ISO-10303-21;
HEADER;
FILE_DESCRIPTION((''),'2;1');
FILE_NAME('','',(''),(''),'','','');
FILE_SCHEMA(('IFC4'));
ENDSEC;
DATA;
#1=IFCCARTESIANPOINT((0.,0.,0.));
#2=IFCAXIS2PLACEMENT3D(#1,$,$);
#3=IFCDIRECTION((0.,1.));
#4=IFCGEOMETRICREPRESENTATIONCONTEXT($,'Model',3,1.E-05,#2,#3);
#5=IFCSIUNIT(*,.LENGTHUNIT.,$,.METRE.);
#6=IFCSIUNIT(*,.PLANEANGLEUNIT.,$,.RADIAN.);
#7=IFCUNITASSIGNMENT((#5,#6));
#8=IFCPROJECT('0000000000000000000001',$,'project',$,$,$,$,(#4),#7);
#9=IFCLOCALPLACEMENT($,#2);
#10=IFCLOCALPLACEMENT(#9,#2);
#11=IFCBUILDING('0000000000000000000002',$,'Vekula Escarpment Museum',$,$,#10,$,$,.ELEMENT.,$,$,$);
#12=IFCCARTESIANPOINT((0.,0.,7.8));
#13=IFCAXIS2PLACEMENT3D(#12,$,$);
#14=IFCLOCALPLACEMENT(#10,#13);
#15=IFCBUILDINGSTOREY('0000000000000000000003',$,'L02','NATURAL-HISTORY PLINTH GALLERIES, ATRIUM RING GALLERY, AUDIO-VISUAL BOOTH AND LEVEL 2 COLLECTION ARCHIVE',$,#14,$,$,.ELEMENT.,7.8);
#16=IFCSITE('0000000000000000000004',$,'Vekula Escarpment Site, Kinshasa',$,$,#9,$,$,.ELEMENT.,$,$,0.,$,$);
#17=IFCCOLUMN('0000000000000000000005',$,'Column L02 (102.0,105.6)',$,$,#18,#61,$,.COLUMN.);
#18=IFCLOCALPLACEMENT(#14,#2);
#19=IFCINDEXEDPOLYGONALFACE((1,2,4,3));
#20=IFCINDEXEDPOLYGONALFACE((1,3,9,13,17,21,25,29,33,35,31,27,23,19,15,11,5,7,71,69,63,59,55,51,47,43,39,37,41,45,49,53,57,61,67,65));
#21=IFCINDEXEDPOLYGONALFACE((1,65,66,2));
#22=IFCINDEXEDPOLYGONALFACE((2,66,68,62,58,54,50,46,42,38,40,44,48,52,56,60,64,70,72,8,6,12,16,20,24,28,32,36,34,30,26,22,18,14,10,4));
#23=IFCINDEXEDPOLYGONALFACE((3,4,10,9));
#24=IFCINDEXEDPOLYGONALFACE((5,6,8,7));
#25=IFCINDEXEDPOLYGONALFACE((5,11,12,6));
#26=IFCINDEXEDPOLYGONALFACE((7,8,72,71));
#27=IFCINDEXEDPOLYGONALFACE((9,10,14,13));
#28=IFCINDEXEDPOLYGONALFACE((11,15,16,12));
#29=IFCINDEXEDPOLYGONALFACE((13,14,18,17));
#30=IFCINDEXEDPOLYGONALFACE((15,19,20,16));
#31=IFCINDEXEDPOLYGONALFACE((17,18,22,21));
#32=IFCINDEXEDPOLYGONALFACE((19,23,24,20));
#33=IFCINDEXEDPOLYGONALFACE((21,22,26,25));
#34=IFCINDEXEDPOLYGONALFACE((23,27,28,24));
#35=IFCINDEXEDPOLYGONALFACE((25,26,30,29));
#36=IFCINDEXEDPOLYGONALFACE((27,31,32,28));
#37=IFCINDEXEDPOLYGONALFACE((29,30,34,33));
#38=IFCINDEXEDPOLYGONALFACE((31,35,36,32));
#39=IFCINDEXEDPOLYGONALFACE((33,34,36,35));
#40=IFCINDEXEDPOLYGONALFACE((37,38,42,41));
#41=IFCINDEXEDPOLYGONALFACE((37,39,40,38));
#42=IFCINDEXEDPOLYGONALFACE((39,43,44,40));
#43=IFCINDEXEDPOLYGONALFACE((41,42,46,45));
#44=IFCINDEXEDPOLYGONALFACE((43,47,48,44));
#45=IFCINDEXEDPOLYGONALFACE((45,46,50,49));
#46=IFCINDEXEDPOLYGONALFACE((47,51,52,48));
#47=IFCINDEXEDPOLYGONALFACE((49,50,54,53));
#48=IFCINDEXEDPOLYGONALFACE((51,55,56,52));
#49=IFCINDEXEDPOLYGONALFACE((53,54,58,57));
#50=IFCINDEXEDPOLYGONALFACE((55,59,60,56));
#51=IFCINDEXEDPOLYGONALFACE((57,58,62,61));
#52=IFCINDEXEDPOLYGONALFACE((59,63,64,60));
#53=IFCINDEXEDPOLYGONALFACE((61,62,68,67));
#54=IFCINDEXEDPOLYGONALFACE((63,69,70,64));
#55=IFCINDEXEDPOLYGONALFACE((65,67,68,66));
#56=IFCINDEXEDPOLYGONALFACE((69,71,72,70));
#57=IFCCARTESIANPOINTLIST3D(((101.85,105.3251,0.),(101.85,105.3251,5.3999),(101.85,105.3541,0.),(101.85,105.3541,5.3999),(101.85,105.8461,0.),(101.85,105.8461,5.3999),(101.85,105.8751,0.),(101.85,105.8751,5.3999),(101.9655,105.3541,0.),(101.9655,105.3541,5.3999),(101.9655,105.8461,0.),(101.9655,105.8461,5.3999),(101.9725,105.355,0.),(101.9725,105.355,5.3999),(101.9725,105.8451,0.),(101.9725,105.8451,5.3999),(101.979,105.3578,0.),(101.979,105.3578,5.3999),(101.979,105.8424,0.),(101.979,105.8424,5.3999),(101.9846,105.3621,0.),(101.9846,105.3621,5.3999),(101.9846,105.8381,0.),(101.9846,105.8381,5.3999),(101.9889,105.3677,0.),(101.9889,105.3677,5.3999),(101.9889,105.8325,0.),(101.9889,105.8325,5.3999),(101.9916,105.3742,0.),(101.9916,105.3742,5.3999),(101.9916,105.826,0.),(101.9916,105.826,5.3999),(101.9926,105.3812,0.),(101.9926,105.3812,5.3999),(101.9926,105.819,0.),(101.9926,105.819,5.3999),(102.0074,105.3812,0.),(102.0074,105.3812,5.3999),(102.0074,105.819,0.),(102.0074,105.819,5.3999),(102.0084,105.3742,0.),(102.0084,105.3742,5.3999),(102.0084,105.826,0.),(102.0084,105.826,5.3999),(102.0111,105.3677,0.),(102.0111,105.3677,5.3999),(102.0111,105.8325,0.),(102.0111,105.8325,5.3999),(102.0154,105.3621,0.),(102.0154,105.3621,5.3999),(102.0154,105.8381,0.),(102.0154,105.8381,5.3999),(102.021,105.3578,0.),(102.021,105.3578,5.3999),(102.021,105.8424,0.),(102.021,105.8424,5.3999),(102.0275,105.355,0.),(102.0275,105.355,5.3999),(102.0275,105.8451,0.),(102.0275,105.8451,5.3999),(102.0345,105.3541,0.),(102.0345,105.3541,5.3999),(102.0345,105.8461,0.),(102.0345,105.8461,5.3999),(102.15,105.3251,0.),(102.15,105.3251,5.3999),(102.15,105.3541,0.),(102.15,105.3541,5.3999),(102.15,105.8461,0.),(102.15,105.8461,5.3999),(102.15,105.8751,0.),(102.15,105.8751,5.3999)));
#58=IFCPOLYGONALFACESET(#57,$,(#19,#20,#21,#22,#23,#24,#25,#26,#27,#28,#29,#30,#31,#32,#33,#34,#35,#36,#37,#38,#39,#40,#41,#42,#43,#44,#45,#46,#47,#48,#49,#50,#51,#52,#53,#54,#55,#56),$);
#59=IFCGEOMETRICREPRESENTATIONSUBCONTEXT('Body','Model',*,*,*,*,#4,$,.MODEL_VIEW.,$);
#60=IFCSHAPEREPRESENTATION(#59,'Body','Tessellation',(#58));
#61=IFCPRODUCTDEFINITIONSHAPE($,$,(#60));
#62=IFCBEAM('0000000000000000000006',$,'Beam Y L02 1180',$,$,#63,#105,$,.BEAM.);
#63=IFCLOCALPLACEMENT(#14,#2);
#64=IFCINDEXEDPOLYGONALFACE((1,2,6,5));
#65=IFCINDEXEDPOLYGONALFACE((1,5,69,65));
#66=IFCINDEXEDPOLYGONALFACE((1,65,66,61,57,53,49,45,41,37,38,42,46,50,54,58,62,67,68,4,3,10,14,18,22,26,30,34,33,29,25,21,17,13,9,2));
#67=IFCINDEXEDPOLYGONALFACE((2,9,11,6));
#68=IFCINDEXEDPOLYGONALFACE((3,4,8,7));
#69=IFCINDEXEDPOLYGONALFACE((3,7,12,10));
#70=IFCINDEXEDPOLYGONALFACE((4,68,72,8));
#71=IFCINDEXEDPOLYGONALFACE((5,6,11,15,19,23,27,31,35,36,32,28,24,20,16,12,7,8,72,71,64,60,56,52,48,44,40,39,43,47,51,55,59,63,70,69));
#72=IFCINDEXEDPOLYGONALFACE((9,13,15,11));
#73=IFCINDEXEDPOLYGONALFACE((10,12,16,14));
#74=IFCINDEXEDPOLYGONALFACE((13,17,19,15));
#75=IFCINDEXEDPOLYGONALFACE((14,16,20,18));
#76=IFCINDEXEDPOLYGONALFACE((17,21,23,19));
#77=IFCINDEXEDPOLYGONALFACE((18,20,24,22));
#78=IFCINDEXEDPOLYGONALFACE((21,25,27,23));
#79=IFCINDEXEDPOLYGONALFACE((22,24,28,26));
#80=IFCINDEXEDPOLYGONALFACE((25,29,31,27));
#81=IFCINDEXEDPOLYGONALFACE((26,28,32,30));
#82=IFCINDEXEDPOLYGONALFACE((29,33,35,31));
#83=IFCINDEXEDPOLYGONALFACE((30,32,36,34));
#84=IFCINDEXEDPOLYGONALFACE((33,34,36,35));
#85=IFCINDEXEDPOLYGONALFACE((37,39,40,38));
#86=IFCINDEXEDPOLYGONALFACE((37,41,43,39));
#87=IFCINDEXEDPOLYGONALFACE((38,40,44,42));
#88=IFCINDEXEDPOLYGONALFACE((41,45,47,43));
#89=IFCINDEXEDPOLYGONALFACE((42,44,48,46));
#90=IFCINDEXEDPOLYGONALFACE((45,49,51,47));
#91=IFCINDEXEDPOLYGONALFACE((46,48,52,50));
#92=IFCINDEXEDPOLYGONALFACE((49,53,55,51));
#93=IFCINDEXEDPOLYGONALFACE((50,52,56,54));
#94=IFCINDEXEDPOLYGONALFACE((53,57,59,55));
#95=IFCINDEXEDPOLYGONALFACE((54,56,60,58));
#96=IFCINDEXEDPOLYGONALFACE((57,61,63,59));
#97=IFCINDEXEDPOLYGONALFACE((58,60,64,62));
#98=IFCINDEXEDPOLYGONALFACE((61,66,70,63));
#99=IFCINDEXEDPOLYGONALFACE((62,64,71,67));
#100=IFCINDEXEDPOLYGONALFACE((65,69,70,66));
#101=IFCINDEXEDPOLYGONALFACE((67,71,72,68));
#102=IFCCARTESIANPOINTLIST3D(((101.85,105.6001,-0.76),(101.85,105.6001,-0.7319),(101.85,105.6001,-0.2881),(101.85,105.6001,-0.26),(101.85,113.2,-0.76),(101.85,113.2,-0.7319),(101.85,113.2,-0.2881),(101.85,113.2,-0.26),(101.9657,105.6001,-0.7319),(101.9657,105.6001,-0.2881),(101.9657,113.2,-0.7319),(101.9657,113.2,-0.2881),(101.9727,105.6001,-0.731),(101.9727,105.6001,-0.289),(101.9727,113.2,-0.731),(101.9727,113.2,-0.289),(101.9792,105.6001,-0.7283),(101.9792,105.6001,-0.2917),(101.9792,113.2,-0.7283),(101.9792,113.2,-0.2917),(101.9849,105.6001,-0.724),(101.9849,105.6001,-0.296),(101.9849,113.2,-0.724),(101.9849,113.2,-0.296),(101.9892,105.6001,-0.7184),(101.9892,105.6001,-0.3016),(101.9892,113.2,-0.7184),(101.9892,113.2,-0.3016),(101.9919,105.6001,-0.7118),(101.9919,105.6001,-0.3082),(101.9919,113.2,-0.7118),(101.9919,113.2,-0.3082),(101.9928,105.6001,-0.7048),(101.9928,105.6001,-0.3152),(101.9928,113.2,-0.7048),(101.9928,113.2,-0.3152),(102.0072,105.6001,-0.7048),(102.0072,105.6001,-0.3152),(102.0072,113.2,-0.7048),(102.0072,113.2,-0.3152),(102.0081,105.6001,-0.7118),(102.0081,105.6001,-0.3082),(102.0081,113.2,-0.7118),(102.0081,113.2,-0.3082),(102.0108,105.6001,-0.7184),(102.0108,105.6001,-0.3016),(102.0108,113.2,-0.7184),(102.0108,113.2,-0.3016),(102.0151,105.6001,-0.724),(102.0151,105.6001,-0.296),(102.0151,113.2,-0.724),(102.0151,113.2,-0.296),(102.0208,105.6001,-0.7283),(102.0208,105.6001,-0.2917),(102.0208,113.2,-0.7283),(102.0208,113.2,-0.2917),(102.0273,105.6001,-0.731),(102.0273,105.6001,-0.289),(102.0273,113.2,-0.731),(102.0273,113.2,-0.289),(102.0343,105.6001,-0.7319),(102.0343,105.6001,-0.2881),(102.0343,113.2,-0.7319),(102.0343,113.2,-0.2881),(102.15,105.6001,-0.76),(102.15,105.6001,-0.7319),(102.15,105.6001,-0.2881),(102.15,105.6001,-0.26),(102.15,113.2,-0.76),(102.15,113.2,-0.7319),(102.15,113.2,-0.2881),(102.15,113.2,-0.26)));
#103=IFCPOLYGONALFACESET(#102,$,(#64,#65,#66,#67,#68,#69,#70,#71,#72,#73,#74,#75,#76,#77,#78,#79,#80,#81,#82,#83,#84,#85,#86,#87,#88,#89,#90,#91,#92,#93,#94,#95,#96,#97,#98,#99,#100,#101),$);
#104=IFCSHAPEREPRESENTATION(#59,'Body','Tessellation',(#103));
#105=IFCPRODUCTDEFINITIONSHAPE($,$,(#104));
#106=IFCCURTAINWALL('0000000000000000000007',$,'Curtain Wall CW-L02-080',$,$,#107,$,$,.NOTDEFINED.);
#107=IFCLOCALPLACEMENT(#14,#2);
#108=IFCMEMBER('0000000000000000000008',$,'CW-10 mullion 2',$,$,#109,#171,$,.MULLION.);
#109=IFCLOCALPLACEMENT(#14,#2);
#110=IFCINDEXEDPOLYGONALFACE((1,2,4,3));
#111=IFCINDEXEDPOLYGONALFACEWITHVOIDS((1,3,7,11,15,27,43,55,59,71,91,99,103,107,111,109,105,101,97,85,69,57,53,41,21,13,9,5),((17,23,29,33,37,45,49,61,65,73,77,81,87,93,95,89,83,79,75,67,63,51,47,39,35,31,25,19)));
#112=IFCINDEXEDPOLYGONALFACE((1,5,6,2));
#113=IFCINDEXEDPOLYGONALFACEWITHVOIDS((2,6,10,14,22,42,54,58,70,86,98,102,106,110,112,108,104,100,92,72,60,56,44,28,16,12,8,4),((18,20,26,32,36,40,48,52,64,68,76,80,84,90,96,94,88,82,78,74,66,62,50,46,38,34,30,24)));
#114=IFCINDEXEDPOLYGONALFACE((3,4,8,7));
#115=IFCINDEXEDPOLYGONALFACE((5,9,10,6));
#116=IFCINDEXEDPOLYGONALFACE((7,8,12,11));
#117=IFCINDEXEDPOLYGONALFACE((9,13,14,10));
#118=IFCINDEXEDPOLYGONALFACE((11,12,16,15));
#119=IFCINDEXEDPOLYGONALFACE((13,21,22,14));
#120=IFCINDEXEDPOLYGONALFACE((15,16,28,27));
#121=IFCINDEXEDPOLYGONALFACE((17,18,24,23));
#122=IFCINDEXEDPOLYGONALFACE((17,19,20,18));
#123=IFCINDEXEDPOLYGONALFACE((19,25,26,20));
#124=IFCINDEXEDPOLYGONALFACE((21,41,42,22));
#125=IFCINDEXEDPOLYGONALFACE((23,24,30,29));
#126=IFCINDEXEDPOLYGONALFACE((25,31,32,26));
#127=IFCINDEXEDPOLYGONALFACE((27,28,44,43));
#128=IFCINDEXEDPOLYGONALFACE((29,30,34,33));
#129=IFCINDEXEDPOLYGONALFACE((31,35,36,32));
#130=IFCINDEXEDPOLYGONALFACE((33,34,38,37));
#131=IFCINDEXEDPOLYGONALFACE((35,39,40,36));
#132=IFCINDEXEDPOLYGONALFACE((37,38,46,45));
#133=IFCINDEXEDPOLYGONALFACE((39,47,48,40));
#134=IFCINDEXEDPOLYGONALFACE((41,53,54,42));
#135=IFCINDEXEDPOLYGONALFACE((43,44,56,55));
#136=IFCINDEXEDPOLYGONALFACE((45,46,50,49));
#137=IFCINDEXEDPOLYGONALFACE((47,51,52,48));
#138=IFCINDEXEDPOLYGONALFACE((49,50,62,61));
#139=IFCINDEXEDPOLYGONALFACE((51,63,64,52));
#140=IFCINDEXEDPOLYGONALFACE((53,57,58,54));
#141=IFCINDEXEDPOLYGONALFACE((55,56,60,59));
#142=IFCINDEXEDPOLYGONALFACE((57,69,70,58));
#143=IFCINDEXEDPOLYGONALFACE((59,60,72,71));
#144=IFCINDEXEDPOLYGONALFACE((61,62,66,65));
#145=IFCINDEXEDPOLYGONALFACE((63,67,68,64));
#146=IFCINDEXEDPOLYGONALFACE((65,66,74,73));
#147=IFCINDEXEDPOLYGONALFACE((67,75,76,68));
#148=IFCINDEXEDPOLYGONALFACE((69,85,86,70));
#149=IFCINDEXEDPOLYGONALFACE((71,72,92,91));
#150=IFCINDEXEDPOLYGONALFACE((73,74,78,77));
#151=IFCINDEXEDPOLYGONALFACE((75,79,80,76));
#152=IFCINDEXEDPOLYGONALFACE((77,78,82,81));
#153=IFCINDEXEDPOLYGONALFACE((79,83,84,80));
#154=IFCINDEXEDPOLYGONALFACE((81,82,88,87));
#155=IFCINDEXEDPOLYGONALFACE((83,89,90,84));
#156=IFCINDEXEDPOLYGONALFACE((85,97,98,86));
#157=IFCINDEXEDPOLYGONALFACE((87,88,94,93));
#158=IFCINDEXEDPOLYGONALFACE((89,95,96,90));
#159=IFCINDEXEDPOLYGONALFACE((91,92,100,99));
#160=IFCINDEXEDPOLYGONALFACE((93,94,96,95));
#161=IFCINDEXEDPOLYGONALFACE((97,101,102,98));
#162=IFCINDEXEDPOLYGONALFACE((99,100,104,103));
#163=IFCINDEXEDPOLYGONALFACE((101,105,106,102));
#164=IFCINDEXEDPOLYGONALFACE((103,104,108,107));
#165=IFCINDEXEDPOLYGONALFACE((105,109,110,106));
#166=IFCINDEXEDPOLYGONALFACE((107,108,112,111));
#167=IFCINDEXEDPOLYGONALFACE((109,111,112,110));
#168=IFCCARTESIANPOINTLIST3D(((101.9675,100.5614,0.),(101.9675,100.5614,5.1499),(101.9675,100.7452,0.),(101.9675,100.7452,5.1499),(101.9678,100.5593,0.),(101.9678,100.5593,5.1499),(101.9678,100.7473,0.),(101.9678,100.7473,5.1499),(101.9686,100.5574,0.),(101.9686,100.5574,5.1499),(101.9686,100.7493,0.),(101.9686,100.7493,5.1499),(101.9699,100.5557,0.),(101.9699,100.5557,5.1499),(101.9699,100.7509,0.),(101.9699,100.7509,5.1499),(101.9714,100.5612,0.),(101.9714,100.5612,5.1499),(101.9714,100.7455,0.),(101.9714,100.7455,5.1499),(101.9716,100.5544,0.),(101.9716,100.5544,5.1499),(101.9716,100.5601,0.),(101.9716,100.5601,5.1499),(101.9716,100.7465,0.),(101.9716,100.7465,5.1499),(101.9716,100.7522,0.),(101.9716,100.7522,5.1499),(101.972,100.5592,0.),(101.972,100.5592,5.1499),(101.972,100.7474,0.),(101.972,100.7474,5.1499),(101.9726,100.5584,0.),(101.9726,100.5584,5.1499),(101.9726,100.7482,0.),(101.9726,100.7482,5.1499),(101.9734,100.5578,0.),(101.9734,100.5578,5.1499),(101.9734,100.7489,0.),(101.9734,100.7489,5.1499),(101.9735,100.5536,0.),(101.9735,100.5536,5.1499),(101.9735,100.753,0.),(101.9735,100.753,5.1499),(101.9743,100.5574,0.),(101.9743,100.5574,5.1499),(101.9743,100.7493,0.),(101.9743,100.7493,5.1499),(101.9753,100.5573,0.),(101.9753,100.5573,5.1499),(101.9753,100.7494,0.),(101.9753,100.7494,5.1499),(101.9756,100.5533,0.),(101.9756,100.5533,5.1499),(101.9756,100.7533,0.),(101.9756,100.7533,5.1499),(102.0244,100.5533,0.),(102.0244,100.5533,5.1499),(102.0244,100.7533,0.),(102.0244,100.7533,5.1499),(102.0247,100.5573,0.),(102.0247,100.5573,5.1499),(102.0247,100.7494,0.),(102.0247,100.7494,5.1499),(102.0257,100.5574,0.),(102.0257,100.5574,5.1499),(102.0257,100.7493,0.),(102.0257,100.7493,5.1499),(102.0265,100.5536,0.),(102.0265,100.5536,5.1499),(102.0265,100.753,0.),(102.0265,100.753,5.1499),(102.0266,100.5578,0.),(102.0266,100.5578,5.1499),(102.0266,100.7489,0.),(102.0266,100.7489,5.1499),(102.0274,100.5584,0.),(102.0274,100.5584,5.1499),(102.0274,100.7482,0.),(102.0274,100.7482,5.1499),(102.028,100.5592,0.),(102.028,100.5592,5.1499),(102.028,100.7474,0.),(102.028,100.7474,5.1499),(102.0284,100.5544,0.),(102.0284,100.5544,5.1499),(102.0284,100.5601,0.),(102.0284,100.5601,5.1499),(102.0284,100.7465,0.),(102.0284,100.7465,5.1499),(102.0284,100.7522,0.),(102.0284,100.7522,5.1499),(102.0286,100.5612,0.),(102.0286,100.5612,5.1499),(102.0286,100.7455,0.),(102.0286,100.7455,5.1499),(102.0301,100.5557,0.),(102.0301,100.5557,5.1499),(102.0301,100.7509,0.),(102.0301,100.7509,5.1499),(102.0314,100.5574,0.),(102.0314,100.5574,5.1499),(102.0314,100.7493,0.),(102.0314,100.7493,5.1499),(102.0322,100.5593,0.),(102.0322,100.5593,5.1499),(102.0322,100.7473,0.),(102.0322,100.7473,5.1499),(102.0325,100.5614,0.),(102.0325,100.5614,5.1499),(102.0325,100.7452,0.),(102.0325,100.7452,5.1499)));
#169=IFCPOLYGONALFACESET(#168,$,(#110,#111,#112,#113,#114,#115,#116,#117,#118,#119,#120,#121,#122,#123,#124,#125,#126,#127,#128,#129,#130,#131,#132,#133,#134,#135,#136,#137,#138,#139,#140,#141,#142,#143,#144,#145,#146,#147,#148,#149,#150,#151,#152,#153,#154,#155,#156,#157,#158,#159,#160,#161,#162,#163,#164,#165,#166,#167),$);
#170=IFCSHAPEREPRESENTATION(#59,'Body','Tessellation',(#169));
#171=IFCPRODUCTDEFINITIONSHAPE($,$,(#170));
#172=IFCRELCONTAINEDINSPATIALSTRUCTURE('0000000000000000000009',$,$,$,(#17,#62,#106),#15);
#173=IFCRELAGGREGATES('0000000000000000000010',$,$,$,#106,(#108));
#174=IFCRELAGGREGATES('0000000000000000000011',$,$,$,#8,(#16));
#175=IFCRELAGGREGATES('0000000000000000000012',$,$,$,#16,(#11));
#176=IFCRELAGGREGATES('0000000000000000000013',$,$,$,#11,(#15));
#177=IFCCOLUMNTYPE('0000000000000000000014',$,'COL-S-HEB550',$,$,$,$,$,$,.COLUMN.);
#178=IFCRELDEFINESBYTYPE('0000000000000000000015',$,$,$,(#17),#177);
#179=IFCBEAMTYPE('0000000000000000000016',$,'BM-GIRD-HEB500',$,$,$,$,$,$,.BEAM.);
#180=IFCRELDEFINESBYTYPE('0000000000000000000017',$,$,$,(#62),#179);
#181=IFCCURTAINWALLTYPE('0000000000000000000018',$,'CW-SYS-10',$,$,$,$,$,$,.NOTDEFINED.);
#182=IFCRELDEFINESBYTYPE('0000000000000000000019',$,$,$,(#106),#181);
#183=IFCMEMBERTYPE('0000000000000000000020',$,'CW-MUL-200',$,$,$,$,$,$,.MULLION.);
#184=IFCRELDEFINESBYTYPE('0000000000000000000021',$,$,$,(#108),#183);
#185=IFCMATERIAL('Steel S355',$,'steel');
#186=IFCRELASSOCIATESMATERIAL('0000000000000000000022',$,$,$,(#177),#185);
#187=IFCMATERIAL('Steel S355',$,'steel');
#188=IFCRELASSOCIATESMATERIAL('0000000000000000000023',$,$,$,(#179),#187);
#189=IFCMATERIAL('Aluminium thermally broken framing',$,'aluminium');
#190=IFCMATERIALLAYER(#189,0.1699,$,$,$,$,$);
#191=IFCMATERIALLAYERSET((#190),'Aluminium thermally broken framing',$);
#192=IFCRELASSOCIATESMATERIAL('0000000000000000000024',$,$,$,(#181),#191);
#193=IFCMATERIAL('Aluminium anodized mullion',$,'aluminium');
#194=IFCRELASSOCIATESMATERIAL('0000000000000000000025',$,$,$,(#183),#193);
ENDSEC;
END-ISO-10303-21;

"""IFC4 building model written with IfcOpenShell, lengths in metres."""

from ifc_helpers import new_model, si_unit, direction, frame, origin, origin_2d, place, context, subcontext, project, spatial, hollow_rectangle, i_section, extrude, material, layer, layer_set, material_profile, profile_set, type_object, element, aggregate, save


model = new_model("IFC4")

# Units and contexts
model_context = context("Model", 3, precision=1e-05, world=origin(), true_north=direction((0.0, 1.0)))
body_context = subcontext(model_context, "Body", "Model", "MODEL_VIEW")
ifc_project = project(units=[si_unit("LENGTHUNIT", "METRE"), si_unit("PLANEANGLEUNIT", "RADIAN")], contexts=[model_context])

# Site, building, storey
site_placement = place(None, origin())
site = spatial("IfcSite", under=ifc_project, at=site_placement, Name="Vekula Escarpment Site, Kinshasa", CompositionType="ELEMENT", RefElevation=0.0)
building_placement = place(site_placement, origin())
building = spatial("IfcBuilding", under=site, at=building_placement, Name="Vekula Escarpment Museum", CompositionType="ELEMENT")
storey_placement = place(building_placement, frame((0.0, 0.0, 7.8)))
storey = spatial("IfcBuildingStorey", under=building, at=storey_placement, Name="L02", Description="NATURAL-HISTORY PLINTH GALLERIES, ATRIUM RING GALLERY, AUDIO-VISUAL BOOTH AND LEVEL 2 COLLECTION ARCHIVE", CompositionType="ELEMENT", Elevation=7.8)

# Column
ifc_material_1 = material(Name="Steel S355", Category="steel")
ifc_material_profile_1 = material_profile(ifc_material_1, i_section(OverallWidth=0.3, OverallDepth=0.55, WebThickness=0.0149, FlangeThickness=0.0291, FilletRadius=0.0271, at=origin_2d()), Name="HEB 550")
ifc_profile_set_1 = profile_set([ifc_material_profile_1], Name="Steel S355")
column_type = type_object("IfcColumnType", Name="COL-S-HEB550", PredefinedType="COLUMN", material=ifc_profile_set_1)
column_placement = place(storey_placement, frame((102.0, 105.6001, 0.0), z_axis=(0.0, 0.0, 1.0), x_axis=(1.0, 0.0, 0.0)))
element("IfcColumn", 1, at=column_placement, inside=storey, type_object=column_type, Name="Column L02 (102.0,105.6)", PredefinedType="COLUMN", context=body_context, shape_type="SweptSolid", body=[
    extrude(i_section(OverallWidth=0.3, OverallDepth=0.55, WebThickness=0.0149, FlangeThickness=0.0291, FilletRadius=0.0271, at=origin_2d()), origin(), (0.0, 0.0, 1.0), 5.3999),
])

# Beam
ifc_material_2 = material(Name="Steel S355", Category="steel")
ifc_material_profile_2 = material_profile(ifc_material_2, i_section(OverallWidth=0.3, OverallDepth=0.5, WebThickness=0.0144, FlangeThickness=0.0281, FilletRadius=0.0271, at=origin_2d()), Name="HEB 500")
ifc_profile_set_2 = profile_set([ifc_material_profile_2], Name="Steel S355")
beam_type = type_object("IfcBeamType", Name="BM-GIRD-HEB500", PredefinedType="BEAM", material=ifc_profile_set_2)
beam_placement = place(storey_placement, frame((102.0, 105.6001, -0.51), z_axis=(0.0, 1.0, 0.0), x_axis=(-1.0, 0.0, 0.0)))
element("IfcBeam", 2, at=beam_placement, inside=storey, type_object=beam_type, Name="Beam Y L02 1180", PredefinedType="BEAM", context=body_context, shape_type="SweptSolid", body=[
    extrude(i_section(OverallWidth=0.3, OverallDepth=0.5, WebThickness=0.0144, FlangeThickness=0.0281, FilletRadius=0.0271, at=origin_2d()), origin(), (0.0, 0.0, 1.0), 7.5999),
])

# Curtain wall, member
ifc_material_3 = material(Name="Aluminium thermally broken framing", Category="aluminium")
ifc_layer_1 = layer(ifc_material_3, 0.1699)
ifc_layer_set_1 = layer_set([ifc_layer_1], Name="Aluminium thermally broken framing")
curtain_wall_type_1 = type_object("IfcCurtainWallType", Name="CW-SYS-10", PredefinedType="NOTDEFINED", material=ifc_layer_set_1)
curtain_wall_1_placement = place(storey_placement, origin())
curtain_wall_1 = element("IfcCurtainWall", 3, at=curtain_wall_1_placement, inside=storey, type_object=curtain_wall_type_1, Name="Curtain Wall CW-L02-080", PredefinedType="NOTDEFINED")
ifc_material_4 = material(Name="Aluminium anodized mullion", Category="aluminium")
ifc_material_profile_3 = material_profile(ifc_material_4, hollow_rectangle(XDim=0.0649, YDim=0.2, WallThickness=0.0039, InnerFilletRadius=0.0039, OuterFilletRadius=0.0081, at=origin_2d()), Name="ALU 200x65x4")
ifc_profile_set_3 = profile_set([ifc_material_profile_3], Name="Aluminium anodized mullion")
member_type_1 = type_object("IfcMemberType", Name="CW-MUL-200", PredefinedType="MULLION", material=ifc_profile_set_3)
member_1_placement = place(storey_placement, frame((102.0, 100.6533, 0.0), z_axis=(0.0, 0.0, 1.0), x_axis=(-1.0, 0.0, 0.0)))
member_1 = element("IfcMember", 4, at=member_1_placement, type_object=member_type_1, Name="CW-10 mullion 2", PredefinedType="MULLION", context=body_context, shape_type="SweptSolid", body=[
    extrude(hollow_rectangle(XDim=0.0649, YDim=0.2, WallThickness=0.0039, InnerFilletRadius=0.0039, OuterFilletRadius=0.0081, at=origin_2d()), origin(), (0.0, 0.0, 1.0), 5.1499),
])

aggregate(curtain_wall_1, [member_1])

save(model, "model.ifc")
